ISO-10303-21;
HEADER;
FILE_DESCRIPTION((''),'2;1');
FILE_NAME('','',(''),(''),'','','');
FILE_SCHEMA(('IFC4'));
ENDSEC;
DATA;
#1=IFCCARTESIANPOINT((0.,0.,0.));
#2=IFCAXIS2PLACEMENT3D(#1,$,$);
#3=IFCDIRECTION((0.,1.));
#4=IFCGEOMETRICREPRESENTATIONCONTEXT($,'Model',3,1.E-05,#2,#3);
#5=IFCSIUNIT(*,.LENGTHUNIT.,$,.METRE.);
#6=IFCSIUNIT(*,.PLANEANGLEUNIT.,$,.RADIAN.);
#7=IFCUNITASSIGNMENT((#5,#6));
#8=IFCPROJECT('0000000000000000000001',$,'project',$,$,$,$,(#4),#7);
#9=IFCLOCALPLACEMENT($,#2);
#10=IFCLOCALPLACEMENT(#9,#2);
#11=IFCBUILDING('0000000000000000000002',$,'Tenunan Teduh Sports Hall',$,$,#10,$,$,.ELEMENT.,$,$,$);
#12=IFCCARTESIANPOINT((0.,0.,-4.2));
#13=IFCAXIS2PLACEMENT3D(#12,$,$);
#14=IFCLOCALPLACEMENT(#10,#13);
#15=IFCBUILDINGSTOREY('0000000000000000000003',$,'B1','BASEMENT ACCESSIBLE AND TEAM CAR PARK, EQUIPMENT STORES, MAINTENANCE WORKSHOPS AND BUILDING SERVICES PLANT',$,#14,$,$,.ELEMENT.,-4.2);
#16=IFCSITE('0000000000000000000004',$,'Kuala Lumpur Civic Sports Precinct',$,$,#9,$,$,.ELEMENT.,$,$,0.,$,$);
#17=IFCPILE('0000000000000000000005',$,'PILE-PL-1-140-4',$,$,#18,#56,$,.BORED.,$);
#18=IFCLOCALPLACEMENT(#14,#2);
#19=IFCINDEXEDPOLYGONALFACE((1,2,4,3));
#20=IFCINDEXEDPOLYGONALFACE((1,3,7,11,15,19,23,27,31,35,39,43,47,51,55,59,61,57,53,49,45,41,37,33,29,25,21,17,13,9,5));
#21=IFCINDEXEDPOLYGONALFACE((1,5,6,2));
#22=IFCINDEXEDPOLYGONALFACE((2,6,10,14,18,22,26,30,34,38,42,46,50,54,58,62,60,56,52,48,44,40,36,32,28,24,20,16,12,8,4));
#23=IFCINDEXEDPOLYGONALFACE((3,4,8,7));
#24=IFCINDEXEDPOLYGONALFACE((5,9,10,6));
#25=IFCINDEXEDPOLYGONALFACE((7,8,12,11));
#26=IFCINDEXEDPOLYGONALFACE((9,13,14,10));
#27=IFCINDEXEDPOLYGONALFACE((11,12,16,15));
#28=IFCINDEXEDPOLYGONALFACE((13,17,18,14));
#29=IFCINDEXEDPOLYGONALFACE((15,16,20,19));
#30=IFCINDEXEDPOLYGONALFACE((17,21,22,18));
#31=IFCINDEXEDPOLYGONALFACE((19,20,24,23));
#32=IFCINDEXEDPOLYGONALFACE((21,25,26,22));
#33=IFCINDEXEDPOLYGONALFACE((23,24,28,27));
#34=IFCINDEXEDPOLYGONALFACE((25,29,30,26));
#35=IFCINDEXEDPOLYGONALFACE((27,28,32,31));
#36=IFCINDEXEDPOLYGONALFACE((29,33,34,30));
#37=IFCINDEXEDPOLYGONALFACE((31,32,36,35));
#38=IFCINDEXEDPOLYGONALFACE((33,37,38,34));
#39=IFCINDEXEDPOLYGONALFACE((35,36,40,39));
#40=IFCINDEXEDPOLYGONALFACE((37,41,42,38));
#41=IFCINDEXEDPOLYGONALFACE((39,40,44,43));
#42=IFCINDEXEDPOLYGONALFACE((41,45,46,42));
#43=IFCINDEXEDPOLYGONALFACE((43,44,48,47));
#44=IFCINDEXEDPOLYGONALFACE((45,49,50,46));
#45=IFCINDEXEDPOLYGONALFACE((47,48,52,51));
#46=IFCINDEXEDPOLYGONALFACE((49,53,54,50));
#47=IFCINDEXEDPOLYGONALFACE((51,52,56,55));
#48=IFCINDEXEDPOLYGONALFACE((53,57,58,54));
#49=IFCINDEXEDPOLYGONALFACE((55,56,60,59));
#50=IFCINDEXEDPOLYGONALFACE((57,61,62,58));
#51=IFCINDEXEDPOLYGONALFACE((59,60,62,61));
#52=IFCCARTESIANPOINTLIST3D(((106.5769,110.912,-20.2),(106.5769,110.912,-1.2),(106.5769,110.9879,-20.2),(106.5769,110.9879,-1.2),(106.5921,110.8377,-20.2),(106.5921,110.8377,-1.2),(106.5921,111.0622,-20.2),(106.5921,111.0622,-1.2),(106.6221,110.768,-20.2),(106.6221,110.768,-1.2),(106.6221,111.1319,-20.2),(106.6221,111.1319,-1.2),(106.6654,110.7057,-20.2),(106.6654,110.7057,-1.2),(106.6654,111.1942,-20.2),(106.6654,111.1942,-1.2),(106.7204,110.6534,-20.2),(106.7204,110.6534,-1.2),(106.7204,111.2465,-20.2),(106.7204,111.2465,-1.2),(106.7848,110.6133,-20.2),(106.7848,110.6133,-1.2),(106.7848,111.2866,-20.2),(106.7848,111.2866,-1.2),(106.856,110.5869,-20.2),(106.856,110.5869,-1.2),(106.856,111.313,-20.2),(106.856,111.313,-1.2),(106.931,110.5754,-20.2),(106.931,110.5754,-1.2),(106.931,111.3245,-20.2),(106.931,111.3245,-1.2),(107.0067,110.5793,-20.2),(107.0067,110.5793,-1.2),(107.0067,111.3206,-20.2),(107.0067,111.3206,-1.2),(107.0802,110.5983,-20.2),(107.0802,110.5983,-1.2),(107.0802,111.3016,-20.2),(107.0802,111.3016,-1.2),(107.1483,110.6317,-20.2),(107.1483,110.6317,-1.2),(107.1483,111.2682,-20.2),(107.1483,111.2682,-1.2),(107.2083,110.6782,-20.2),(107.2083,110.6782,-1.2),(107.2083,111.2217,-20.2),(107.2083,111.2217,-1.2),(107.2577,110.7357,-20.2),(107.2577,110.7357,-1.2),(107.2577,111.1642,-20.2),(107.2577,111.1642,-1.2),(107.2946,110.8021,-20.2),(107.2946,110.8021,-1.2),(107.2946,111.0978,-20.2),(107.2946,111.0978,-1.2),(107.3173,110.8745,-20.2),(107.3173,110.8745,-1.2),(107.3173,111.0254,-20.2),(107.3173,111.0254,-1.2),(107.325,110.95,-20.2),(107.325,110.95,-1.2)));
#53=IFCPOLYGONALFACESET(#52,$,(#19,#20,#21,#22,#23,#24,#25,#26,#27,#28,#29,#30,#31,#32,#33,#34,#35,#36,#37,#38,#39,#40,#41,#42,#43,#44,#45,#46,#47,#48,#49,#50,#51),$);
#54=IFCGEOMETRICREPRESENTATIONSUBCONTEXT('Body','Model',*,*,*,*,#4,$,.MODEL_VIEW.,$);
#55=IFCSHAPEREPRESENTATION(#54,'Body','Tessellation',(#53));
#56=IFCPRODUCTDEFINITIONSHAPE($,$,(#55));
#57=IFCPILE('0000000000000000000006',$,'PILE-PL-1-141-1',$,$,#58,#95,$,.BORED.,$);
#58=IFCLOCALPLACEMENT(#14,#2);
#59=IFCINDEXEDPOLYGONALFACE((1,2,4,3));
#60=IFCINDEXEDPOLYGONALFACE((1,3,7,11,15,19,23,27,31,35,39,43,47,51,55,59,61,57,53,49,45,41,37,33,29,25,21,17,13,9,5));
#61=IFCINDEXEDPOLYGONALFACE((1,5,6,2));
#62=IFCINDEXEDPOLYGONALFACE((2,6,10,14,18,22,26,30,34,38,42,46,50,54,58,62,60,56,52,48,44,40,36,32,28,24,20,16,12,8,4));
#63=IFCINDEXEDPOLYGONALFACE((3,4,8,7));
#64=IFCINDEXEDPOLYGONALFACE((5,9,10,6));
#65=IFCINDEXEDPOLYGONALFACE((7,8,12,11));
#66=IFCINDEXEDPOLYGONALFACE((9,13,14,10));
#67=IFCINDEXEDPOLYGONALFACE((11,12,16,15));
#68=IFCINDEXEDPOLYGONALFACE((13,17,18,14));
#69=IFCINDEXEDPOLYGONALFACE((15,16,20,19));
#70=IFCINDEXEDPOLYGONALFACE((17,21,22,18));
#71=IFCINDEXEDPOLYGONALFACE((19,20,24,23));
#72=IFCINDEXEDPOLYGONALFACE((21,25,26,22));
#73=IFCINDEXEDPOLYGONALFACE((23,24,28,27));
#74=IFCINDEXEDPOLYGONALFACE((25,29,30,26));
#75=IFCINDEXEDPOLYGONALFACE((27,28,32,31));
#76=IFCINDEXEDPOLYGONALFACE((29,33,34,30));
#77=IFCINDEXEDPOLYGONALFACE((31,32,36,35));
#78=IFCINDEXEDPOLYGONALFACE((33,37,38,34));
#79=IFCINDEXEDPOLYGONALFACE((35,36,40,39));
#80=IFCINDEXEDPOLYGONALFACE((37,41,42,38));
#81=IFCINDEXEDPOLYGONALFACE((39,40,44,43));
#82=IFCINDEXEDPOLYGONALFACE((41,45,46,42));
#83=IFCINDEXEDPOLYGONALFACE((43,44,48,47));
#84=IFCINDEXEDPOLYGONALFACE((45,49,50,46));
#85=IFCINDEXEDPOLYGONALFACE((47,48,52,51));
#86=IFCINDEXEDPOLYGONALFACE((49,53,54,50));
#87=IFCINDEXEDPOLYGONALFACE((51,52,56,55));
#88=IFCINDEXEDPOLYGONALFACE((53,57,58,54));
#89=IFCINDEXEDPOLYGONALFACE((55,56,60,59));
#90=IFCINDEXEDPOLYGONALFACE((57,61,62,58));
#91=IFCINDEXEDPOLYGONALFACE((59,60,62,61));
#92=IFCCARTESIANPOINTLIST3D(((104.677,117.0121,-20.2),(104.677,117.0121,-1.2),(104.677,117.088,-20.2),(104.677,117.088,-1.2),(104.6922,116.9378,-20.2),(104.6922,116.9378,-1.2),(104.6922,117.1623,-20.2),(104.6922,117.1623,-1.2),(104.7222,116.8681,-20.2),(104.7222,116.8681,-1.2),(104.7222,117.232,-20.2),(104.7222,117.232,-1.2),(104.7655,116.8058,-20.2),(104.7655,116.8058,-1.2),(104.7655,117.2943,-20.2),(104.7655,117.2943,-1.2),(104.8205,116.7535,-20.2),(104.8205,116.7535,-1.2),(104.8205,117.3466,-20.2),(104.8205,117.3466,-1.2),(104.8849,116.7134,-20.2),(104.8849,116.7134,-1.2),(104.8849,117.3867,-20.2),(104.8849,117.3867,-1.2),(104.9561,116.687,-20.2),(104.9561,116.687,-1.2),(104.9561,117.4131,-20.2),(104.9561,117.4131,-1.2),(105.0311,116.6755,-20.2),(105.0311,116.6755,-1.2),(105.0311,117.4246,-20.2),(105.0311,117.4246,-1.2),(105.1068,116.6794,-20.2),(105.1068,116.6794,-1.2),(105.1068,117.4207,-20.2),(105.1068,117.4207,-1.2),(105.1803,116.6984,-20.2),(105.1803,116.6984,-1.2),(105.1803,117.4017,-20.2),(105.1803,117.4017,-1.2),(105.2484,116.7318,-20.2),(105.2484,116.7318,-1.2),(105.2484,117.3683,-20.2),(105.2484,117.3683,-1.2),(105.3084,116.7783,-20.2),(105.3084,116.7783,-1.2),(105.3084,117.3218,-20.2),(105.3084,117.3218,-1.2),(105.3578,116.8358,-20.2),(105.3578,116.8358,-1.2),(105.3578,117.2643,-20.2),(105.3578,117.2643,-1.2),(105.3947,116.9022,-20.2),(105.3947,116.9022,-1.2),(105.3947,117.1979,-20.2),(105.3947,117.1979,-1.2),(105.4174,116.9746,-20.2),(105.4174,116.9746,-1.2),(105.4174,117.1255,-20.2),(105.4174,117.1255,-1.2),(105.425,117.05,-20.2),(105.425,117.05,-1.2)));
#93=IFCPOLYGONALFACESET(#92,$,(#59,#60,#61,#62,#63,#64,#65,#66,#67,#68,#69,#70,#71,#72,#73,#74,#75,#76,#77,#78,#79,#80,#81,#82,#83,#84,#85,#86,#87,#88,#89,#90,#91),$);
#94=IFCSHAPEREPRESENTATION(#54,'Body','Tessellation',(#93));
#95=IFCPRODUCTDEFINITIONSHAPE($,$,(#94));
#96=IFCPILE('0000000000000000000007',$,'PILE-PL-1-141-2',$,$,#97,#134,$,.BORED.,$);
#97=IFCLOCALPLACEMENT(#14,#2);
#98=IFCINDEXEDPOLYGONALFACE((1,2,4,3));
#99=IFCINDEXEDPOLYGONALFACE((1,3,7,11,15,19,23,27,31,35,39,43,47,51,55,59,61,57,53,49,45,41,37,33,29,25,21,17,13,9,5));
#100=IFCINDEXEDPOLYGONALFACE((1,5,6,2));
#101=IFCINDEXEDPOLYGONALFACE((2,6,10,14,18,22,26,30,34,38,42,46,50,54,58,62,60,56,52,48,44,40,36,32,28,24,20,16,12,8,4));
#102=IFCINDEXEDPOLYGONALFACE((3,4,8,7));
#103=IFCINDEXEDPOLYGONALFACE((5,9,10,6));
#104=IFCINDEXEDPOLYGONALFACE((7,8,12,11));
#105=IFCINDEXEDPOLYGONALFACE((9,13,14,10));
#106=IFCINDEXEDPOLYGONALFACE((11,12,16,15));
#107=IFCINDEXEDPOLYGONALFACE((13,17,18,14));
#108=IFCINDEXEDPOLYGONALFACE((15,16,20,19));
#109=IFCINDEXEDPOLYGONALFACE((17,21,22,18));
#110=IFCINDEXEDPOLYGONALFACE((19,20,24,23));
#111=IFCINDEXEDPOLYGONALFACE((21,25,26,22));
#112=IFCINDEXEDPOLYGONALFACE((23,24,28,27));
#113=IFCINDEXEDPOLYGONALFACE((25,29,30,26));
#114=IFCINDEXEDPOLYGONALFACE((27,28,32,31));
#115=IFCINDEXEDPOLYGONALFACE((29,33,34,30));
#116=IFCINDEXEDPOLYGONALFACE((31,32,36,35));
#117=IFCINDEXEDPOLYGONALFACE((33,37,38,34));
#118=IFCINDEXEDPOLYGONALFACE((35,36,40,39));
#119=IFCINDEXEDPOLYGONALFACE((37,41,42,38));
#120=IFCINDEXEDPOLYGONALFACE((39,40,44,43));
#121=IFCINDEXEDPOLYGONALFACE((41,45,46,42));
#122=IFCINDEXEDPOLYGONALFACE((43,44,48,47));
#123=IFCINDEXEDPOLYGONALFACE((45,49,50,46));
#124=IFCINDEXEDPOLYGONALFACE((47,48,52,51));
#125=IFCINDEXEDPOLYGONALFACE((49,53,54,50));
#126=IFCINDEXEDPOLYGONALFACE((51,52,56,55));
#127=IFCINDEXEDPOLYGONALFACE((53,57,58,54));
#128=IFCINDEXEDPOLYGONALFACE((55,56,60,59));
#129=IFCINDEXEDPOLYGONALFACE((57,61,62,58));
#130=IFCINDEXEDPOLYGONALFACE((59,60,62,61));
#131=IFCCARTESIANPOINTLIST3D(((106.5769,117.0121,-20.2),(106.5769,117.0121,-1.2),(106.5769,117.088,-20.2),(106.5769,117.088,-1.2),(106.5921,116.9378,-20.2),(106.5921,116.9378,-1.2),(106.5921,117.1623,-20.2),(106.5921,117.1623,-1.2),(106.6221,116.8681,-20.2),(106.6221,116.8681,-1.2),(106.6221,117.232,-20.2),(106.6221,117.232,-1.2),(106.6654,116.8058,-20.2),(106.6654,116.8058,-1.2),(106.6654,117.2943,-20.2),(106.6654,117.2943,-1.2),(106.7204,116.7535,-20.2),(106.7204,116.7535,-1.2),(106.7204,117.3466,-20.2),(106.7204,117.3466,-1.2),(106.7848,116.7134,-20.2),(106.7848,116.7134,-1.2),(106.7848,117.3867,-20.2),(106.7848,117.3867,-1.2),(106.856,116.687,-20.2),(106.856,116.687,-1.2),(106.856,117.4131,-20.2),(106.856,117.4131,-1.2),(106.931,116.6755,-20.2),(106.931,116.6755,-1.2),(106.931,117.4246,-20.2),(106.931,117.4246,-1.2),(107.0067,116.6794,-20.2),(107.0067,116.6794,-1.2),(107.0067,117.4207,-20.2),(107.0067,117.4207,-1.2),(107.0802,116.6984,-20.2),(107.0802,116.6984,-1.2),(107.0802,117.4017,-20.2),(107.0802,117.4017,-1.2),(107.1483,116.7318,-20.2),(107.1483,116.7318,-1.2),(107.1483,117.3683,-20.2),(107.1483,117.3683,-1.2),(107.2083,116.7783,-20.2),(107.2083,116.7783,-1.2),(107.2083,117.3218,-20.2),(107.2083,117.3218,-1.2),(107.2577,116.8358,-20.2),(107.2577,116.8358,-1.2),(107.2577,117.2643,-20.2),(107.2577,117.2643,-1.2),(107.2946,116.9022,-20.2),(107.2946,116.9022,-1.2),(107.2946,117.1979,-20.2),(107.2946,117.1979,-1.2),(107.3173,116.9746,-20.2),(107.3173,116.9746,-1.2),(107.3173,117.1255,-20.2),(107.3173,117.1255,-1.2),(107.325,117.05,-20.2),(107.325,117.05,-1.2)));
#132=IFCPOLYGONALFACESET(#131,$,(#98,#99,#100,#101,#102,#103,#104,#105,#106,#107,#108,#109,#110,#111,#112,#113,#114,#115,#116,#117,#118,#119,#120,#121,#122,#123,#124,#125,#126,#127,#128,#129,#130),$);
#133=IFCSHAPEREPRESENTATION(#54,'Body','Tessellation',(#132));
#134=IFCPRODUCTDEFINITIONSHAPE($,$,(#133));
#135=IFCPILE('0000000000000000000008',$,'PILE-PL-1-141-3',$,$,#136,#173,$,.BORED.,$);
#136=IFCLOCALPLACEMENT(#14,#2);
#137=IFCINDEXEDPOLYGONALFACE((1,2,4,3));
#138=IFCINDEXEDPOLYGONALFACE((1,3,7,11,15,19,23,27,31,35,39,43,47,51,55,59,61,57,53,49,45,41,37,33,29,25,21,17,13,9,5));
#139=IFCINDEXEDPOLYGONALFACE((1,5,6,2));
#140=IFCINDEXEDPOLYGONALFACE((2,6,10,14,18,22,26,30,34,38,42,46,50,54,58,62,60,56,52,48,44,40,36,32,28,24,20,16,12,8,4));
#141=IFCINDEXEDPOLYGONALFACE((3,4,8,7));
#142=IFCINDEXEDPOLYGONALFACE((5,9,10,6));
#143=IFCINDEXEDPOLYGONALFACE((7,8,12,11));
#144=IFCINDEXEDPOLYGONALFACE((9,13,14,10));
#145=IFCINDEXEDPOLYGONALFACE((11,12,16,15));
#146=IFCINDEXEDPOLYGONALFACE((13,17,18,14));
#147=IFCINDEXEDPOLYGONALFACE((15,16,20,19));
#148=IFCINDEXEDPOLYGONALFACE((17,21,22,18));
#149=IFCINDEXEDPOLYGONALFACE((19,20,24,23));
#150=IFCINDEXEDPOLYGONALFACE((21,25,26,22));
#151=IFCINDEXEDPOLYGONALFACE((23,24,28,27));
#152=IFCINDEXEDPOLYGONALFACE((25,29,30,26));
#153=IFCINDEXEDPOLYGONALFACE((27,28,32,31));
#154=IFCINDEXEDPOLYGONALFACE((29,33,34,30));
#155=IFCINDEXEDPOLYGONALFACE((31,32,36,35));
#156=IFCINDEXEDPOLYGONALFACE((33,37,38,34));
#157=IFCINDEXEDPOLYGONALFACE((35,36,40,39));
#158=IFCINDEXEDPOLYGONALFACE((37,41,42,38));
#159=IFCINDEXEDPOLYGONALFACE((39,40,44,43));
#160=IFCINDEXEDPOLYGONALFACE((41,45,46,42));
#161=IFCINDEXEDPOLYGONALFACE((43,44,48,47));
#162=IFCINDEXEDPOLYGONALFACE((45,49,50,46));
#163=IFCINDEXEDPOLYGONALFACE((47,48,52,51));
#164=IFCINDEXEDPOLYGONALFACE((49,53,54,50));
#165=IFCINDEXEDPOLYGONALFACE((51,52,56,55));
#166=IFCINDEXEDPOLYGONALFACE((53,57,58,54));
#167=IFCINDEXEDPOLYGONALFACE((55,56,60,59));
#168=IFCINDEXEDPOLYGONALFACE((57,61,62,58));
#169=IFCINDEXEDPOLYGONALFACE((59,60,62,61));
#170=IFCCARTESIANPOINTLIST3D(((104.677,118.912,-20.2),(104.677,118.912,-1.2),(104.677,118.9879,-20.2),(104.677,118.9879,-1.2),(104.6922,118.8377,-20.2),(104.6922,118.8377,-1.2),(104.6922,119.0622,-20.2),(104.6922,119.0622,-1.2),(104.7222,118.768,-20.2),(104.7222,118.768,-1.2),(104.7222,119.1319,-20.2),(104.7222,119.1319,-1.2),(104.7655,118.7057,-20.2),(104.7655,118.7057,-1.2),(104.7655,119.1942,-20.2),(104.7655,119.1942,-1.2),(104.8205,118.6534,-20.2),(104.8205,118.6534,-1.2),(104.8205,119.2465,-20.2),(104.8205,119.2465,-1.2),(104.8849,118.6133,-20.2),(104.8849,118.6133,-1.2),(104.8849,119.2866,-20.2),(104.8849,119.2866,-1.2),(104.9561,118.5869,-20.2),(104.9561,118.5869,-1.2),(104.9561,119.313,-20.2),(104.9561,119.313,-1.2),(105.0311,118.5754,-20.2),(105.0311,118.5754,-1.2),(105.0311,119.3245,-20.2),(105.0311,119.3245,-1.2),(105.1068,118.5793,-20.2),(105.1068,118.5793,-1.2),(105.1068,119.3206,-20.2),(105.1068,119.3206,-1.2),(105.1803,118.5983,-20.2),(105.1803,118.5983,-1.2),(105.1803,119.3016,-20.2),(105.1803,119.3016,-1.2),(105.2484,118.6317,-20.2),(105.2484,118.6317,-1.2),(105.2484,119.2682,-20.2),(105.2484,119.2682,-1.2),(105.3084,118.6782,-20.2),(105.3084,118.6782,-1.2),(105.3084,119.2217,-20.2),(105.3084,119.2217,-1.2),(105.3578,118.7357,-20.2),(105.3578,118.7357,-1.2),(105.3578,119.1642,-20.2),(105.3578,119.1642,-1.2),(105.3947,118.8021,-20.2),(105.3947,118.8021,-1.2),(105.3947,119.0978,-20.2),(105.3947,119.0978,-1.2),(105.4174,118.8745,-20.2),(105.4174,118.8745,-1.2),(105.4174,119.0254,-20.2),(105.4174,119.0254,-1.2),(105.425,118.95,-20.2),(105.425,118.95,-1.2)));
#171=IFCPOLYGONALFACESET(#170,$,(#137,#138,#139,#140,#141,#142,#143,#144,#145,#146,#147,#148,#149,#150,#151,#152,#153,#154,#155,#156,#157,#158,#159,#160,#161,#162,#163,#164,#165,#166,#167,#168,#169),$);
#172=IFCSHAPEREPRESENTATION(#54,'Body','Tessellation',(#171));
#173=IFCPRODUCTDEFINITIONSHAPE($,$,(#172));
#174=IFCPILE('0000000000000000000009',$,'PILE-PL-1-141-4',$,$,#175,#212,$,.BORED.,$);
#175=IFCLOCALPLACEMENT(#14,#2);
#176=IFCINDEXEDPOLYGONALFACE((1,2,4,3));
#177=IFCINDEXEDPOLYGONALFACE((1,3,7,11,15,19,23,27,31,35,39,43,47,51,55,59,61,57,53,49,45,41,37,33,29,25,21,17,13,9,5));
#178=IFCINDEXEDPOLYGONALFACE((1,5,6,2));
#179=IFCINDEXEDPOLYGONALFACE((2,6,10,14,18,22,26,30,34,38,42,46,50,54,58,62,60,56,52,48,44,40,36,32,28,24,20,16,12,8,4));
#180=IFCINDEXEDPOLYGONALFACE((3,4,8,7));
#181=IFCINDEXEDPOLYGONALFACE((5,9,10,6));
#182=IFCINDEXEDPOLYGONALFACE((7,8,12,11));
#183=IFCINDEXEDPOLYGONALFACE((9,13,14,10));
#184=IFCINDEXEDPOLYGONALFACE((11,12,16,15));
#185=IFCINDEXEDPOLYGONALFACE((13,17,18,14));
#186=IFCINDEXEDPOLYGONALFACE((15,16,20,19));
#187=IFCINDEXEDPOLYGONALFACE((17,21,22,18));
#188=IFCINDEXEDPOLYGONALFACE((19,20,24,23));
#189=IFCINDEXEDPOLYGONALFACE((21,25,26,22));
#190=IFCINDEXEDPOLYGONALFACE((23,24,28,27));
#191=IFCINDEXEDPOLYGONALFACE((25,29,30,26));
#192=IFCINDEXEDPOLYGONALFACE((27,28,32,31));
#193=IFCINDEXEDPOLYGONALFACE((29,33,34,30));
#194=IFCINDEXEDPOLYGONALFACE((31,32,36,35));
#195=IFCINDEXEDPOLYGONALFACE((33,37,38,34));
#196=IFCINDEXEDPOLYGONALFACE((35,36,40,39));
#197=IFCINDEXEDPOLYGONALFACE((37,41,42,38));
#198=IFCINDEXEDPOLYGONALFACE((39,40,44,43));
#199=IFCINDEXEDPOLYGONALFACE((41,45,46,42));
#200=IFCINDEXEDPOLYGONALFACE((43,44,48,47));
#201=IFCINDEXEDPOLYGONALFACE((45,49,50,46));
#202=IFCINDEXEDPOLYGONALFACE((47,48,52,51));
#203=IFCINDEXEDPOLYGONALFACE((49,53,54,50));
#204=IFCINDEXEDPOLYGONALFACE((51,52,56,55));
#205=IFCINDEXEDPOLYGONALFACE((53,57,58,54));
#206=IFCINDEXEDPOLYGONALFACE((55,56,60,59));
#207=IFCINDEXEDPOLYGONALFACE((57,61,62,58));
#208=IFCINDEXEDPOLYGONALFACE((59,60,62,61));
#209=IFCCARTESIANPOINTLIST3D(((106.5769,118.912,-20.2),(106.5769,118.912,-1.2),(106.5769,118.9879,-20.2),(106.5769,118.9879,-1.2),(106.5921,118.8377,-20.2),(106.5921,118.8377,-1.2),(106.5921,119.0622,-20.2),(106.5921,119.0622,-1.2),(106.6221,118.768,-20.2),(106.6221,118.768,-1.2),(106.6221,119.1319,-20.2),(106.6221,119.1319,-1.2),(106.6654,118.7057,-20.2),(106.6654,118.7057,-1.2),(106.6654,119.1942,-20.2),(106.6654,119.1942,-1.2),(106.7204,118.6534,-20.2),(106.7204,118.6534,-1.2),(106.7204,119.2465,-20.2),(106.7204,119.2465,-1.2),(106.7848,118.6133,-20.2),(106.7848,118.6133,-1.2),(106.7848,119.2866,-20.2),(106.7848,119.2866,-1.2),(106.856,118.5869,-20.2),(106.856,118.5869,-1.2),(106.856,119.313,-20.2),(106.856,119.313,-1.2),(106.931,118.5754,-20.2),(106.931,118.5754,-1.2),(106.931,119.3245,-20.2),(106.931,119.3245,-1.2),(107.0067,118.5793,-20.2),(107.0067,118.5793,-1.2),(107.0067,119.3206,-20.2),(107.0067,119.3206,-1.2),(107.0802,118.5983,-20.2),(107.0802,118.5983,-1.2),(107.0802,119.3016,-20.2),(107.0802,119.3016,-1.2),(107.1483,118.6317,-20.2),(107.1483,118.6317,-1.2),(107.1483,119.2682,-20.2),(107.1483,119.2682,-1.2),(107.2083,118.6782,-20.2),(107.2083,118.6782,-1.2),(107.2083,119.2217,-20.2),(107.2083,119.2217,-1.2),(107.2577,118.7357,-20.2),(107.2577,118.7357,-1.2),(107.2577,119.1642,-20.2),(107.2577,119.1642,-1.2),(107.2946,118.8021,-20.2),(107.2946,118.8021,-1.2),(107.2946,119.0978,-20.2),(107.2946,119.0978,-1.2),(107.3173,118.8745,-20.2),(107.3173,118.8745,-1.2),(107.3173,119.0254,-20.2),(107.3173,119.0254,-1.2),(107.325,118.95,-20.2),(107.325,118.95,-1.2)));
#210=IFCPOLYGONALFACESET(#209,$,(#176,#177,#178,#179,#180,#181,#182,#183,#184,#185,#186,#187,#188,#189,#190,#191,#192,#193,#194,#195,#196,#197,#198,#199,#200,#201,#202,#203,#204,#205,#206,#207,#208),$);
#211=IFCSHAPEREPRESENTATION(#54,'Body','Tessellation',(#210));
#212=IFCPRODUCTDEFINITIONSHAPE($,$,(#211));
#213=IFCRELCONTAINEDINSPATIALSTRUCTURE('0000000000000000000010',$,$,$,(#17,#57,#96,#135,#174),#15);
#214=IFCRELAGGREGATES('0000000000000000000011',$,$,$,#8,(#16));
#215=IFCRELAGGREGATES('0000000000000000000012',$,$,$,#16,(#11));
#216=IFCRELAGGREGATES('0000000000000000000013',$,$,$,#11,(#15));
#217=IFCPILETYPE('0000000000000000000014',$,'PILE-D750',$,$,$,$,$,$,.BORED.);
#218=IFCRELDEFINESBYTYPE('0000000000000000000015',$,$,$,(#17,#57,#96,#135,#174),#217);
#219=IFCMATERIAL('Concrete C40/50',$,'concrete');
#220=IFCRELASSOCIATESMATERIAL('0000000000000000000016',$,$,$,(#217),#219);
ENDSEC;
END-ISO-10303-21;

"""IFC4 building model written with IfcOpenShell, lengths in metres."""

from ifc_helpers import new_model, si_unit, direction, frame, origin, origin_2d, place, context, subcontext, project, spatial, circle, extrude, material, material_profile, profile_set, type_object, element, save


model = new_model("IFC4")

# Units and contexts
model_context = context("Model", 3, precision=1e-05, world=origin(), true_north=direction((0.0, 1.0)))
body_context = subcontext(model_context, "Body", "Model", "MODEL_VIEW")
ifc_project = project(units=[si_unit("LENGTHUNIT", "METRE"), si_unit("PLANEANGLEUNIT", "RADIAN")], contexts=[model_context])

# Site, building, storey
site_placement = place(None, origin())
site = spatial("IfcSite", under=ifc_project, at=site_placement, Name="Kuala Lumpur Civic Sports Precinct", CompositionType="ELEMENT", RefElevation=0.0)
building_placement = place(site_placement, origin())
building = spatial("IfcBuilding", under=site, at=building_placement, Name="Tenunan Teduh Sports Hall", CompositionType="ELEMENT")
storey_placement = place(building_placement, frame((0.0, 0.0, -4.2)))
storey = spatial("IfcBuildingStorey", under=building, at=storey_placement, Name="B1", Description="BASEMENT ACCESSIBLE AND TEAM CAR PARK, EQUIPMENT STORES, MAINTENANCE WORKSHOPS AND BUILDING SERVICES PLANT", CompositionType="ELEMENT", Elevation=-4.2)

# Piles
ifc_material_1 = material(Name="Concrete C40/50", Category="concrete")
ifc_material_profile_1 = material_profile(ifc_material_1, circle(Radius=0.375, at=origin_2d()), Name="PILE D750")
ifc_profile_set_1 = profile_set([ifc_material_profile_1], Name="Concrete C40/50")
pile_type = type_object("IfcPileType", Name="PILE-D750", PredefinedType="BORED", material=ifc_profile_set_1)
for number, where, z_axis, x_axis, name in (
    (1, (106.95, 110.95, -1.2), (0.0, 0.0, -1.0), (1.0, 0.0, 0.0), "PILE-PL-1-140-4"),
    (2, (105.05, 117.05, -1.2), (0.0, 0.0, -1.0), (1.0, 0.0, 0.0), "PILE-PL-1-141-1"),
    (3, (106.95, 117.05, -1.2), (0.0, 0.0, -1.0), (1.0, 0.0, 0.0), "PILE-PL-1-141-2"),
    (4, (105.05, 118.95, -1.2), (0.0, 0.0, -1.0), (1.0, 0.0, 0.0), "PILE-PL-1-141-3"),
    (5, (106.95, 118.95, -1.2), (0.0, 0.0, -1.0), (1.0, 0.0, 0.0), "PILE-PL-1-141-4"),
):
    element("IfcPile", number, at=place(storey_placement, frame(where, z_axis=z_axis, x_axis=x_axis)), inside=storey, type_object=pile_type, Name=name, PredefinedType="BORED", context=body_context, shape_type="SweptSolid", body=[
        extrude(circle(Radius=0.375, at=origin_2d()), origin(), (0.0, 0.0, 1.0), 19.0),
    ])

save(model, "model.ifc")
